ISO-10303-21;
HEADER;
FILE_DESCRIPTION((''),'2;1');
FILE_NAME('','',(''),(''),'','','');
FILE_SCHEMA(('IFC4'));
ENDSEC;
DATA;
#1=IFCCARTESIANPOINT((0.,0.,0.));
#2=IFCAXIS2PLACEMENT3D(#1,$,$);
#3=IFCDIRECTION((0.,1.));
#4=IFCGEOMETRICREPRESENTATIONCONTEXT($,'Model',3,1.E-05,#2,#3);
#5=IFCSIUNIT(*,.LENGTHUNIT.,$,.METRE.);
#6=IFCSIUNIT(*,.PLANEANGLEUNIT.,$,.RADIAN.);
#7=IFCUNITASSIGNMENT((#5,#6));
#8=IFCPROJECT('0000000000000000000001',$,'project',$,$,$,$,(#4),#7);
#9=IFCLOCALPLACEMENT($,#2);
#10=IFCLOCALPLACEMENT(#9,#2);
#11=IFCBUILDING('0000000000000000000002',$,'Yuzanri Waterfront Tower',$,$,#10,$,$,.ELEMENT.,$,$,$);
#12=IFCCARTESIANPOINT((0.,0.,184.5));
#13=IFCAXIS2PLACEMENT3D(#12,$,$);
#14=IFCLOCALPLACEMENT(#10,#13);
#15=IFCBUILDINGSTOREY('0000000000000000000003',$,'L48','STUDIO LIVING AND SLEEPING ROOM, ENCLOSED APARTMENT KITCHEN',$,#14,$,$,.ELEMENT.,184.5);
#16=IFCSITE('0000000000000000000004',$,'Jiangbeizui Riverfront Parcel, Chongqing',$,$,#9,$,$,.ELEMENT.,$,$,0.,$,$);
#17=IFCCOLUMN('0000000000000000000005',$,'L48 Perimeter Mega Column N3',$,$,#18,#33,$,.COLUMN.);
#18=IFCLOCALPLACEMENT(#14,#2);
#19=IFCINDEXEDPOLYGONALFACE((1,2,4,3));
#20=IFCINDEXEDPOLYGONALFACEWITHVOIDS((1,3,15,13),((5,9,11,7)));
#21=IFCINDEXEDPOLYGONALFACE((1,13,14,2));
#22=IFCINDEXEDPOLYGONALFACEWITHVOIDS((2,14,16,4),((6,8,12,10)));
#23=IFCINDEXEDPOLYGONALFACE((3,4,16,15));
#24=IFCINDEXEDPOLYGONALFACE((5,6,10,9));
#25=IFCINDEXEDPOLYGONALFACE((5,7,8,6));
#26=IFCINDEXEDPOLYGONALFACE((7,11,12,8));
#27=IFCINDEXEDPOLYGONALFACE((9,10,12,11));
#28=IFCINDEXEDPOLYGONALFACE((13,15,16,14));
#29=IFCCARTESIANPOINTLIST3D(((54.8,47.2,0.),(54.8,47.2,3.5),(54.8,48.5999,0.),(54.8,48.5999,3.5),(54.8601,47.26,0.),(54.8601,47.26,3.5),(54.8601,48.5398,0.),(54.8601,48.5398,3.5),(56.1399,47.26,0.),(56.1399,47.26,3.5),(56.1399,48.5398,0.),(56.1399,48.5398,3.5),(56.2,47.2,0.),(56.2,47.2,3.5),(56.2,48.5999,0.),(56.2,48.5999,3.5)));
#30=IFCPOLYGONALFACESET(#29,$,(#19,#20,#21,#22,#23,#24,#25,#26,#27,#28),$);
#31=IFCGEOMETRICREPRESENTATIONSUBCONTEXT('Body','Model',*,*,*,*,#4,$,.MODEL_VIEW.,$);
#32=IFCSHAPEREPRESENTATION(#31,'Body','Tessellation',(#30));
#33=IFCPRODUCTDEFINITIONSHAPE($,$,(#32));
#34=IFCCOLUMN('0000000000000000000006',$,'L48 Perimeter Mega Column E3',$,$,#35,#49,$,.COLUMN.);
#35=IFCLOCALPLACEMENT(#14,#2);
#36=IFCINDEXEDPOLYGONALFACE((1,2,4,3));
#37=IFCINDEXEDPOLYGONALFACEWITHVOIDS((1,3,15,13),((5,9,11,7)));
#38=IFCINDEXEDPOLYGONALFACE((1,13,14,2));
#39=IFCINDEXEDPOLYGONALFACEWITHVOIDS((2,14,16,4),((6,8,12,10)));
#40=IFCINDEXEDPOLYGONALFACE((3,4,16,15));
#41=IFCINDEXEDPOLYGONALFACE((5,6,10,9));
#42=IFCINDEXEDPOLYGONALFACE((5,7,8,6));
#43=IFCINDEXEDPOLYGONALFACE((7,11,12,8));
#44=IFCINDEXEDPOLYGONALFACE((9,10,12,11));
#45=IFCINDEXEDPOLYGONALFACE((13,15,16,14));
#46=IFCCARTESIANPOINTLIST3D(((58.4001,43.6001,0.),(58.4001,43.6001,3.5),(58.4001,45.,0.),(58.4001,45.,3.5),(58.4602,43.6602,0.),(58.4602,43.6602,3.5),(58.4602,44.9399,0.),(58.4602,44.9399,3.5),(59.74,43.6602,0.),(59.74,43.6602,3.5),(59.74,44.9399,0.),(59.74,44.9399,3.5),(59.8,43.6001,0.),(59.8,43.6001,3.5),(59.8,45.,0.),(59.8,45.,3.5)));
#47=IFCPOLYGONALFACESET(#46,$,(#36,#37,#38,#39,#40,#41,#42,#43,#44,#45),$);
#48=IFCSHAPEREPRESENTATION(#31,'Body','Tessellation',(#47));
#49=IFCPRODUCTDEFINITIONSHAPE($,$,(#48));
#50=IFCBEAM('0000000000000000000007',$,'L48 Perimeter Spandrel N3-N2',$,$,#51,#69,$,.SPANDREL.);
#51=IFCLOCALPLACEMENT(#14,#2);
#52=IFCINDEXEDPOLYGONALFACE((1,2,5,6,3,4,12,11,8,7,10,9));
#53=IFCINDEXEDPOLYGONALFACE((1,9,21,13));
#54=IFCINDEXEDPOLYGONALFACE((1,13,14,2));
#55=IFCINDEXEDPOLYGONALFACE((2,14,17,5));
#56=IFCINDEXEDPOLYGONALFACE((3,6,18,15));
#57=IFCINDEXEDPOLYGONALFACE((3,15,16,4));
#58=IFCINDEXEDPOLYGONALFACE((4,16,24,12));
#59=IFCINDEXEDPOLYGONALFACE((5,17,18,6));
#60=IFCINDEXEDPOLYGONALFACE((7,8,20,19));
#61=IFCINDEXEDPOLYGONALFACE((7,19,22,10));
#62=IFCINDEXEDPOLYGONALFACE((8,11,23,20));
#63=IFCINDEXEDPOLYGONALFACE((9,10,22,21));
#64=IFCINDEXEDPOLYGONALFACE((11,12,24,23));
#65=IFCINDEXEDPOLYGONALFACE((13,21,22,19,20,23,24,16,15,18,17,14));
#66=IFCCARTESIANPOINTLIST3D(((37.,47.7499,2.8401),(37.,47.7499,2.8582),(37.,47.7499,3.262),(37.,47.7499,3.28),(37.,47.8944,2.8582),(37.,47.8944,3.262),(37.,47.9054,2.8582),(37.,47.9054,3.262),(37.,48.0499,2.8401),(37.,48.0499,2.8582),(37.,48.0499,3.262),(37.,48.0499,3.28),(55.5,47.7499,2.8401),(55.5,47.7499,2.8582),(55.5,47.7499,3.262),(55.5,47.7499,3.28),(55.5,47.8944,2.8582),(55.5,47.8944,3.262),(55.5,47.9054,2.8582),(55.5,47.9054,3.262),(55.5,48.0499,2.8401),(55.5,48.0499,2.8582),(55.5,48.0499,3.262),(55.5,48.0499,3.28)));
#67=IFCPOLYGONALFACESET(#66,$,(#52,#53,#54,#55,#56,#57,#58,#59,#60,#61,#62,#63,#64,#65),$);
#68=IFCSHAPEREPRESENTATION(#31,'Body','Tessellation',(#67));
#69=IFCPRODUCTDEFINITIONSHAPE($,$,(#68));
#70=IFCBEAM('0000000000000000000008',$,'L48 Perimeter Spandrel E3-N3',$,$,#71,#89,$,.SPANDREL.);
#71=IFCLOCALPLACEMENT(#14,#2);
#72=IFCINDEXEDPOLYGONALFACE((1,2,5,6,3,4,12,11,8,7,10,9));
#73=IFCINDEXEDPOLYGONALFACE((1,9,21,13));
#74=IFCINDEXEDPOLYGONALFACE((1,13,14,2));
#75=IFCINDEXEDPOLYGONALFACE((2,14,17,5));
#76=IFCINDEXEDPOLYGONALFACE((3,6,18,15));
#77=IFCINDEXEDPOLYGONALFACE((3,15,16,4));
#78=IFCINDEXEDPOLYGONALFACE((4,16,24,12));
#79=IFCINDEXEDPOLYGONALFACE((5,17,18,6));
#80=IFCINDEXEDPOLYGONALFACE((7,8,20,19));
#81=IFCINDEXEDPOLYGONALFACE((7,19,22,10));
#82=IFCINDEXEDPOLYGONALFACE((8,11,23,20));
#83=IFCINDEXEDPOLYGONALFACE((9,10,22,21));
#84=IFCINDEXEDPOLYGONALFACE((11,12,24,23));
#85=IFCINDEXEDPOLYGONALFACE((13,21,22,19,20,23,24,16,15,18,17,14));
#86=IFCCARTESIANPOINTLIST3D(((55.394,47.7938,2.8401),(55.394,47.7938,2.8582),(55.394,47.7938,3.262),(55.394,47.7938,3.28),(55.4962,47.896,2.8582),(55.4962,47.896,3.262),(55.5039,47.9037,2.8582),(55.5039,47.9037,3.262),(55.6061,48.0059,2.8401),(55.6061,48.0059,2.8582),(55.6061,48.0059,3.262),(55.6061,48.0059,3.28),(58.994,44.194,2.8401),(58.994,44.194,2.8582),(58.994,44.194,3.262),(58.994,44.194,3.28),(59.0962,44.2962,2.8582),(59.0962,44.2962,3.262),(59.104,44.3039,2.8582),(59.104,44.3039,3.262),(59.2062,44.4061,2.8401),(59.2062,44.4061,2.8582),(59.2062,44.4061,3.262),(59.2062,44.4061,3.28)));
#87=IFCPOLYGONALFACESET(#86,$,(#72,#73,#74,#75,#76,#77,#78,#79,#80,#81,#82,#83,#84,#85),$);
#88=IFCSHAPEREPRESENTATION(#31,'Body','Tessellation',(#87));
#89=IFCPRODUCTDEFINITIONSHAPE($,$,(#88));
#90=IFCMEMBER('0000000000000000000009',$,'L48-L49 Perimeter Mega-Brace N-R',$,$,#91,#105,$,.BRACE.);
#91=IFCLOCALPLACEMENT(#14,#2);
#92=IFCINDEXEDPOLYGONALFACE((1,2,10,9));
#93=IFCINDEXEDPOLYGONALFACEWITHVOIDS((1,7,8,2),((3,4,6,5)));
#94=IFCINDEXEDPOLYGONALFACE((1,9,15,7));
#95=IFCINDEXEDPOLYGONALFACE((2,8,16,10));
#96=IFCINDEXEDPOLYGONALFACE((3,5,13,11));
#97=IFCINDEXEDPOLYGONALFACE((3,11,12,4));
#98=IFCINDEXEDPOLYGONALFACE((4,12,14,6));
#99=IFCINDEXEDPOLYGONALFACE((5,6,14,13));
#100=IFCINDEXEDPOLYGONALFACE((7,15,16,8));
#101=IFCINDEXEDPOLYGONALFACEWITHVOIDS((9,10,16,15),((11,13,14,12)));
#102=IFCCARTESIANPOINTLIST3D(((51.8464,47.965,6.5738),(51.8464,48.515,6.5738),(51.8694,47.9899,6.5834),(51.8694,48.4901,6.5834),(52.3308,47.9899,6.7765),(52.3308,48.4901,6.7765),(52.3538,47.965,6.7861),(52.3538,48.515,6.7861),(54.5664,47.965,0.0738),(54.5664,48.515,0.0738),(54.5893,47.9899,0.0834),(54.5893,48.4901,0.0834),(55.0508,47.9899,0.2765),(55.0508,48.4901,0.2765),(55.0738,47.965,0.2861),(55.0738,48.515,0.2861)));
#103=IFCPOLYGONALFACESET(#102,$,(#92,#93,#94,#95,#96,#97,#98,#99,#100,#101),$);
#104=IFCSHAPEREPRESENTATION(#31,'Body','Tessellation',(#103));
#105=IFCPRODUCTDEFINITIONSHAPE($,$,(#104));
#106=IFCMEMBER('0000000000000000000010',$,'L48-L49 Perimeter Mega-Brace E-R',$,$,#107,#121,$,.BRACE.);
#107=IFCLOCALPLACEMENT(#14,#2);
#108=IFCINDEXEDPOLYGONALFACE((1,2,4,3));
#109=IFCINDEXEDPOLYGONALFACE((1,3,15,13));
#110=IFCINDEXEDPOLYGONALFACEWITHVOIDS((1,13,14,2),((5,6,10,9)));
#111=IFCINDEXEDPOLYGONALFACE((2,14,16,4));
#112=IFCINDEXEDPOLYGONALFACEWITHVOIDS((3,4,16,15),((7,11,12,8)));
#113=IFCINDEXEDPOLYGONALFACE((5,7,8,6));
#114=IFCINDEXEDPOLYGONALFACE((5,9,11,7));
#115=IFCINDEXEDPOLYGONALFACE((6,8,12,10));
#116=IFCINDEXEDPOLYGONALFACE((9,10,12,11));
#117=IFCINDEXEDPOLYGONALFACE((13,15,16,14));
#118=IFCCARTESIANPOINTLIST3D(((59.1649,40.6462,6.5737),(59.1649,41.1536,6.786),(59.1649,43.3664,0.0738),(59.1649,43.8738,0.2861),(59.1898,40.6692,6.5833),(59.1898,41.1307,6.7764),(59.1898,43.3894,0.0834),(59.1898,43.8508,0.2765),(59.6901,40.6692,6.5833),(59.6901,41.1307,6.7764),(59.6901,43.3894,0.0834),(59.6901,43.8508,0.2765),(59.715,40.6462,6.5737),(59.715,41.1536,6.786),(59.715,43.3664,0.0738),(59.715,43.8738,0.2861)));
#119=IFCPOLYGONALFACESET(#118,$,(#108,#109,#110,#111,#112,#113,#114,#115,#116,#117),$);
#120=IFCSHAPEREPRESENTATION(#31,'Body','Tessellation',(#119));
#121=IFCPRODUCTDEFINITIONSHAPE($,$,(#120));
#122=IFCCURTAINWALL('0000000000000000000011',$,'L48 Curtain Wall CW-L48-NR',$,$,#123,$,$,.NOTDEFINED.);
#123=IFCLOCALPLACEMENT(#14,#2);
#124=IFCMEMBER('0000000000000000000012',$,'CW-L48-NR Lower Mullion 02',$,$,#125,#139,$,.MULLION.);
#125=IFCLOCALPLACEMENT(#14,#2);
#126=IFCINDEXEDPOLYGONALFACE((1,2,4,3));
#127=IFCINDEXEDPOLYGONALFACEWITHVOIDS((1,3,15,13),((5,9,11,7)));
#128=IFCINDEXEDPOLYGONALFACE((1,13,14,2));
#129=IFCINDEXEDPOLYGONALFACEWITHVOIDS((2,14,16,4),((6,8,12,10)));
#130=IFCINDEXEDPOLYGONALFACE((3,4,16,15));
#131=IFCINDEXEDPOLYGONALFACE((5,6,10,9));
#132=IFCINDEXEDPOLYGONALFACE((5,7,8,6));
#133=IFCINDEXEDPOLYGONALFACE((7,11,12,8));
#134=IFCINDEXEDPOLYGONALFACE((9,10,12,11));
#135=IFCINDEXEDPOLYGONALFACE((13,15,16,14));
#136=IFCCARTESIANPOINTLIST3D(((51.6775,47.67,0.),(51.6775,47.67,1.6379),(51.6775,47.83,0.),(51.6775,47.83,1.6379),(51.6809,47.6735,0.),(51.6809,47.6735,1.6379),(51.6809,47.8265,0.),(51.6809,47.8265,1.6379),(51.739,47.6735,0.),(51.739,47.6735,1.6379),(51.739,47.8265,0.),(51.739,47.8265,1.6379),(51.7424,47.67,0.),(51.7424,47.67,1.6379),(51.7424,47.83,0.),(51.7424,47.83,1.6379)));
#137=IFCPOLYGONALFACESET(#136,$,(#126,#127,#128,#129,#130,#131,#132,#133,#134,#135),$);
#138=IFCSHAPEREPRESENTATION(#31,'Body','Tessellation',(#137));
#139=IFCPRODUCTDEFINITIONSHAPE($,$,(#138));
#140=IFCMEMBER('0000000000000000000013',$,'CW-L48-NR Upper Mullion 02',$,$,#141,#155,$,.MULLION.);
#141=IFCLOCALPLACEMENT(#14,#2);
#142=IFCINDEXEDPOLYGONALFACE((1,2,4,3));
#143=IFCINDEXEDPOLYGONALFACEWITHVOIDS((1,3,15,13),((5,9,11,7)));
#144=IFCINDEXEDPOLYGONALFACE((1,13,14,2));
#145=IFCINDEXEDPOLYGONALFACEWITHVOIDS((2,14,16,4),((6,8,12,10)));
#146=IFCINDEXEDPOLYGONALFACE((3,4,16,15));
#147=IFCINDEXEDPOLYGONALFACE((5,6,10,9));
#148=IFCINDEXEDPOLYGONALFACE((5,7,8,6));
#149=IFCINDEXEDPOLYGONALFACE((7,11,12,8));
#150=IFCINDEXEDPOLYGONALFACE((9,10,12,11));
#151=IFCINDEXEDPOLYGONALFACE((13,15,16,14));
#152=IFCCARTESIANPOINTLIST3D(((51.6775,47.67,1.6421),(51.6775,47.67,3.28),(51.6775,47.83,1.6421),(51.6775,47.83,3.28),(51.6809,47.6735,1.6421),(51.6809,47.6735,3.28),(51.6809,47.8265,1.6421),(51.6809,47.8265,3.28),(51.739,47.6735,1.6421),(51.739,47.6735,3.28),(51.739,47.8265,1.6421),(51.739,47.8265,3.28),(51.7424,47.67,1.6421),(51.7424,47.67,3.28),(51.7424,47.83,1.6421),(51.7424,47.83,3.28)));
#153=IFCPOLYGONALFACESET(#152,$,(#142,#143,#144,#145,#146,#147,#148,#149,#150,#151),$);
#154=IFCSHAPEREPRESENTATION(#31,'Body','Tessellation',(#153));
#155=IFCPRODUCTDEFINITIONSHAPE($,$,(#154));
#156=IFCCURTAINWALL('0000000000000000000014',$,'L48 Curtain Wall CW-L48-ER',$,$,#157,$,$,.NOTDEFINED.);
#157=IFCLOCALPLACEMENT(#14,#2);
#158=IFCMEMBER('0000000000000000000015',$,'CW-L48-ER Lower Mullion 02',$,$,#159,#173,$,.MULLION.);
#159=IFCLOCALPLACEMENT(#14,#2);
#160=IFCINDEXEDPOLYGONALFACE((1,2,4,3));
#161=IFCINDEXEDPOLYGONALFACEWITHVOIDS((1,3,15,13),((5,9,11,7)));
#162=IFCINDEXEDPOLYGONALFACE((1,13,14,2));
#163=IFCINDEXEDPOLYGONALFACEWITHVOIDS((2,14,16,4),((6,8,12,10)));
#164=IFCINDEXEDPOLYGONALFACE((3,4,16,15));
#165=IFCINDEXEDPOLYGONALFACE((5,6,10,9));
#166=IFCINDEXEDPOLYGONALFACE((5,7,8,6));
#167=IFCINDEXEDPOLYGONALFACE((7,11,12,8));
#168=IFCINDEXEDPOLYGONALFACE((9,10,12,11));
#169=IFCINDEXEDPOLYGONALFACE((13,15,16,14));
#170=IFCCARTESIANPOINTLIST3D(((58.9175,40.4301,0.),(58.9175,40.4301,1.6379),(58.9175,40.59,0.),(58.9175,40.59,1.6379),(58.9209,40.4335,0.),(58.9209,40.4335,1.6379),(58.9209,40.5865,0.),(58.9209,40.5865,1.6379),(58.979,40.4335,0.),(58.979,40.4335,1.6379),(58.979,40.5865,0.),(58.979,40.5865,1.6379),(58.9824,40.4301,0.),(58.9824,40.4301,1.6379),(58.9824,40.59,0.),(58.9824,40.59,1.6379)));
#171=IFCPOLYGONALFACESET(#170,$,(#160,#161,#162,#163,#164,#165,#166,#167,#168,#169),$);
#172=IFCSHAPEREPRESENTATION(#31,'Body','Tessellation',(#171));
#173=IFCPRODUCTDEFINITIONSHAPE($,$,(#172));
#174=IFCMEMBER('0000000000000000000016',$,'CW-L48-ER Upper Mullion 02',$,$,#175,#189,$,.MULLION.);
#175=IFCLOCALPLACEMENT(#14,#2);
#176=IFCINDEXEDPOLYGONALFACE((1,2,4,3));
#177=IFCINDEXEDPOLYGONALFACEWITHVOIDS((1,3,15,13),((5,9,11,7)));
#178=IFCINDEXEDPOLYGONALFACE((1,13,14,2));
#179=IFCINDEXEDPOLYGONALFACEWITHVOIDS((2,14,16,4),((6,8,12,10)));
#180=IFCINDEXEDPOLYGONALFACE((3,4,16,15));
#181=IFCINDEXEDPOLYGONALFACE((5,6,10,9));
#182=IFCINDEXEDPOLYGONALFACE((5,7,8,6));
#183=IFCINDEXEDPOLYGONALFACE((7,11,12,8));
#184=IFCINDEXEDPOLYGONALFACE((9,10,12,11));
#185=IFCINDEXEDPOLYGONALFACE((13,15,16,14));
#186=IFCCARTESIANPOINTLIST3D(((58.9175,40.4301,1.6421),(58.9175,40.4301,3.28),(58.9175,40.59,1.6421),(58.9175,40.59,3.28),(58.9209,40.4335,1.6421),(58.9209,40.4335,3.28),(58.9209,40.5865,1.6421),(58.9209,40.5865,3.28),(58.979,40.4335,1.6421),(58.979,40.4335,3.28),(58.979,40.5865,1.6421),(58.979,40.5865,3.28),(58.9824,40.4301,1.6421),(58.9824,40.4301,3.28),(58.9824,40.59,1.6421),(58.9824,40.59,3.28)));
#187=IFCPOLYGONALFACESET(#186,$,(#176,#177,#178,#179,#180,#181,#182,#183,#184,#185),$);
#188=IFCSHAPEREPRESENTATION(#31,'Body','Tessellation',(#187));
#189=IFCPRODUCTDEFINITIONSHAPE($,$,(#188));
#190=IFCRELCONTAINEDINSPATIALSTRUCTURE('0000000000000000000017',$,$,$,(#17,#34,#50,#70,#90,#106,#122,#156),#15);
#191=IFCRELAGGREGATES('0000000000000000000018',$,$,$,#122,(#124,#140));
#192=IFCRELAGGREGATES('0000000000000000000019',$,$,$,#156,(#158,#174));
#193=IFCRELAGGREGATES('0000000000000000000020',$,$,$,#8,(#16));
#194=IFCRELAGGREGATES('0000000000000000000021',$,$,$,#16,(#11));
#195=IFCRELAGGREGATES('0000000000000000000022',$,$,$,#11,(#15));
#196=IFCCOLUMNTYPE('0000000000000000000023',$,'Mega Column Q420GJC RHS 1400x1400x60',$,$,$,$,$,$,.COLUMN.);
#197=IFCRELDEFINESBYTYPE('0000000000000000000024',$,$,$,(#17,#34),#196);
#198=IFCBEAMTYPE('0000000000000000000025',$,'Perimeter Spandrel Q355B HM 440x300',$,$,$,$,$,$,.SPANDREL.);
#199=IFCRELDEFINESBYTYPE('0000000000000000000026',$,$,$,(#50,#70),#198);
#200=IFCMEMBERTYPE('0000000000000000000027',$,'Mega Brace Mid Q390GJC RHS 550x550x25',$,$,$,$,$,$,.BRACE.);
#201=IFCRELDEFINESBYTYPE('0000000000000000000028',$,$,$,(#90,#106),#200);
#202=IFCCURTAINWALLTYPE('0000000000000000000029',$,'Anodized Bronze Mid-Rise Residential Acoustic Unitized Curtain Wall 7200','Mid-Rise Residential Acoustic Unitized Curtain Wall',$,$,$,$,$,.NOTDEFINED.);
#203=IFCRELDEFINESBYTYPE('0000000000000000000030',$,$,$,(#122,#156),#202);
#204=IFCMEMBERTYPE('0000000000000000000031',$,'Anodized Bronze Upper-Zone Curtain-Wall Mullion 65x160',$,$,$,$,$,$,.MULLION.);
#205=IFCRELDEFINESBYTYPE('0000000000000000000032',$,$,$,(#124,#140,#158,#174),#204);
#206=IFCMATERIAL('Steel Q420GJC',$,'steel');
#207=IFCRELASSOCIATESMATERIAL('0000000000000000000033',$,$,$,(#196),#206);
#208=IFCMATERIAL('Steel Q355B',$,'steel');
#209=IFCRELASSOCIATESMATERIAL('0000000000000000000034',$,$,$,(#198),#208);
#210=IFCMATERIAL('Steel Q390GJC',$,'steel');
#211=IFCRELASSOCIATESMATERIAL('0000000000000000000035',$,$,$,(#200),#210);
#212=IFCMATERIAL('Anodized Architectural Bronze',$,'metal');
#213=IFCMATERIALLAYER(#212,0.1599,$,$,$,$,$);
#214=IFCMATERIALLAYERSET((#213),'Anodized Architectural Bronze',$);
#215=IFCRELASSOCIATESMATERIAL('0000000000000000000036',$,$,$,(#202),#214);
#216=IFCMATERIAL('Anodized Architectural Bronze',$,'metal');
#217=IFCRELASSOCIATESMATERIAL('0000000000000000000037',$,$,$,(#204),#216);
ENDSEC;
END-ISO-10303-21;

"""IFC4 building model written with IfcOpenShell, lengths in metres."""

from ifc_helpers import new_model, si_unit, direction, frame, origin, origin_2d, place, context, subcontext, project, spatial, hollow_rectangle, i_section, extrude, source, transform, mapped, material, layer, layer_set, material_profile, profile_set, type_object, element, aggregate, save


model = new_model("IFC4")

# Units and contexts
model_context = context("Model", 3, precision=1e-05, world=origin(), true_north=direction((0.0, 1.0)))
body_context = subcontext(model_context, "Body", "Model", "MODEL_VIEW")
ifc_project = project(units=[si_unit("LENGTHUNIT", "METRE"), si_unit("PLANEANGLEUNIT", "RADIAN")], contexts=[model_context])

# Site, building, storey
site_placement = place(None, origin())
site = spatial("IfcSite", under=ifc_project, at=site_placement, Name="Jiangbeizui Riverfront Parcel, Chongqing", CompositionType="ELEMENT", RefElevation=0.0)
building_placement = place(site_placement, origin())
building = spatial("IfcBuilding", under=site, at=building_placement, Name="Yuzanri Waterfront Tower", CompositionType="ELEMENT")
storey_placement = place(building_placement, frame((0.0, 0.0, 184.5)))
storey = spatial("IfcBuildingStorey", under=building, at=storey_placement, Name="L48", Description="STUDIO LIVING AND SLEEPING ROOM, ENCLOSED APARTMENT KITCHEN", CompositionType="ELEMENT", Elevation=184.5)

# Columns
ifc_material_1 = material(Name="Steel Q420GJC", Category="steel")
ifc_material_profile_1 = material_profile(ifc_material_1, hollow_rectangle(XDim=1.3999, YDim=1.3999, WallThickness=0.0601, at=origin_2d()), Name="RHS 1400x1400x60")
ifc_profile_set_1 = profile_set([ifc_material_profile_1], Name="Steel Q420GJC")
column_type = type_object("IfcColumnType", Name="Mega Column Q420GJC RHS 1400x1400x60", PredefinedType="COLUMN", material=ifc_profile_set_1)
shared_shape_1 = source(origin(), body_context, "Body", "SweptSolid", [
    extrude(hollow_rectangle(XDim=1.3999, YDim=1.3999, WallThickness=0.0601, at=origin_2d()), origin(), (0.0, 0.0, 1.0), 3.5),
])
for number, where, z_axis, x_axis, name in (
    (1, (55.5, 47.8999, 0.0), (0.0, 0.0, 1.0), (1.0, 0.0, 0.0), "L48 Perimeter Mega Column N3"),
    (2, (59.1001, 44.3, 0.0), (0.0, 0.0, 1.0), (1.0, 0.0, 0.0), "L48 Perimeter Mega Column E3"),
):
    element("IfcColumn", number, at=place(storey_placement, frame(where, z_axis=z_axis, x_axis=x_axis)), inside=storey, type_object=column_type, Name=name, PredefinedType="COLUMN", context=body_context, shape_type="MappedRepresentation", body=[
        mapped(shared_shape_1, transform((0.0, 0.0, 0.0), scale=1.0)),
    ])

# Beams
ifc_material_2 = material(Name="Steel Q355B", Category="steel")
ifc_material_profile_2 = material_profile(ifc_material_2, i_section(OverallWidth=0.3, OverallDepth=0.4399, WebThickness=0.011, FlangeThickness=0.0181, at=origin_2d()), Name="HM 440x300x11x18")
ifc_profile_set_2 = profile_set([ifc_material_profile_2], Name="Steel Q355B")
beam_type = type_object("IfcBeamType", Name="Perimeter Spandrel Q355B HM 440x300", PredefinedType="SPANDREL", material=ifc_profile_set_2)
shared_shape_2 = source(origin(), body_context, "Body", "SweptSolid", [
    extrude(i_section(OverallWidth=0.3, OverallDepth=0.4399, WebThickness=0.011, FlangeThickness=0.0181, at=origin_2d()), origin(), (0.0, 0.0, 1.0), 18.5),
])
beam_1_placement = place(storey_placement, frame((55.5, 47.8999, 3.0601), z_axis=(-1.0, 0.0, 0.0), x_axis=(0.0, -1.0, 0.0)))
element("IfcBeam", 3, at=beam_1_placement, inside=storey, type_object=beam_type, Name="L48 Perimeter Spandrel N3-N2", PredefinedType="SPANDREL", context=body_context, shape_type="MappedRepresentation", body=[
    mapped(shared_shape_2, transform((0.0, 0.0, 0.0), scale=1.0)),
])
shared_shape_3 = source(origin(), body_context, "Body", "SweptSolid", [
    extrude(i_section(OverallWidth=0.3, OverallDepth=0.4399, WebThickness=0.011, FlangeThickness=0.0181, at=origin_2d()), origin(), (0.0, 0.0, 1.0), 5.0911),
])
beam_2_placement = place(storey_placement, frame((59.1001, 44.3, 3.0601), z_axis=(-0.707131, 0.707083, 0.0), x_axis=(-0.707083, -0.707131, 0.0)))
element("IfcBeam", 4, at=beam_2_placement, inside=storey, type_object=beam_type, Name="L48 Perimeter Spandrel E3-N3", PredefinedType="SPANDREL", context=body_context, shape_type="MappedRepresentation", body=[
    mapped(shared_shape_3, transform((0.0, 0.0, 0.0), scale=1.0)),
])

# Members
ifc_material_3 = material(Name="Steel Q390GJC", Category="steel")
ifc_material_profile_3 = material_profile(ifc_material_3, hollow_rectangle(XDim=0.55, YDim=0.55, WallThickness=0.0249, at=origin_2d()), Name="RHS 550x550x25")
ifc_profile_set_3 = profile_set([ifc_material_profile_3], Name="Steel Q390GJC")
member_type_1 = type_object("IfcMemberType", Name="Mega Brace Mid Q390GJC RHS 550x550x25", PredefinedType="BRACE", material=ifc_profile_set_3)
shared_shape_4 = source(origin(), body_context, "Body", "SweptSolid", [
    extrude(hollow_rectangle(XDim=0.55, YDim=0.55, WallThickness=0.0249, at=origin_2d()), origin(), (0.0, 0.0, 1.0), 7.0461),
])
for number, where, z_axis, x_axis, name in (
    (5, (54.8201, 48.24, 0.1799), (-0.386022, 0.0, 0.922489), (0.0, -1.0, 0.0), "L48-L49 Perimeter Mega-Brace N-R"),
    (6, (59.4399, 43.6201, 0.1799), (0.0, -0.386052, 0.922477), (1.0, 0.0, 0.0), "L48-L49 Perimeter Mega-Brace E-R"),
):
    element("IfcMember", number, at=place(storey_placement, frame(where, z_axis=z_axis, x_axis=x_axis)), inside=storey, type_object=member_type_1, Name=name, PredefinedType="BRACE", context=body_context, shape_type="MappedRepresentation", body=[
        mapped(shared_shape_4, transform((0.0, 0.0, 0.0), scale=1.0)),
    ])

# Curtain walls, members
ifc_material_4 = material(Name="Anodized Architectural Bronze", Category="metal")
ifc_layer_1 = layer(ifc_material_4, 0.1599)
ifc_layer_set_1 = layer_set([ifc_layer_1], Name="Anodized Architectural Bronze")
curtain_wall_type = type_object("IfcCurtainWallType", Name="Anodized Bronze Mid-Rise Residential Acoustic Unitized Curtain Wall 7200", Description="Mid-Rise Residential Acoustic Unitized Curtain Wall", PredefinedType="NOTDEFINED", material=ifc_layer_set_1)
curtain_wall_1_placement = place(storey_placement, origin())
curtain_wall_1 = element("IfcCurtainWall", 7, at=curtain_wall_1_placement, inside=storey, type_object=curtain_wall_type, Name="L48 Curtain Wall CW-L48-NR", PredefinedType="NOTDEFINED")
ifc_material_5 = material(Name="Anodized Architectural Bronze", Category="metal")
ifc_material_profile_4 = material_profile(ifc_material_5, hollow_rectangle(XDim=0.0649, YDim=0.1599, WallThickness=0.0034, at=origin_2d()), Name="CWM 65x160")
ifc_profile_set_4 = profile_set([ifc_material_profile_4], Name="Anodized Architectural Bronze")
member_type_2 = type_object("IfcMemberType", Name="Anodized Bronze Upper-Zone Curtain-Wall Mullion 65x160", PredefinedType="MULLION", material=ifc_profile_set_4)
shared_shape_5 = source(origin(), body_context, "Body", "SweptSolid", [
    extrude(hollow_rectangle(XDim=0.0649, YDim=0.1599, WallThickness=0.0034, at=origin_2d()), origin(), (0.0, 0.0, 1.0), 1.6379),
])
member_1_placement = place(storey_placement, frame((51.71, 47.75, 0.0), z_axis=(0.0, 0.0, 1.0), x_axis=(1.0, 0.0, 0.0)))
member_1 = element("IfcMember", 8, at=member_1_placement, type_object=member_type_2, Name="CW-L48-NR Lower Mullion 02", PredefinedType="MULLION", context=body_context, shape_type="MappedRepresentation", body=[
    mapped(shared_shape_5, transform((0.0, 0.0, 0.0), scale=1.0)),
])
member_2_placement = place(storey_placement, frame((51.71, 47.75, 1.6421), z_axis=(0.0, 0.0, 1.0), x_axis=(1.0, 0.0, 0.0)))
member_2 = element("IfcMember", 9, at=member_2_placement, type_object=member_type_2, Name="CW-L48-NR Upper Mullion 02", PredefinedType="MULLION", context=body_context, shape_type="MappedRepresentation", body=[
    mapped(shared_shape_5, transform((0.0, 0.0, 0.0), scale=1.0)),
])
aggregate(curtain_wall_1, [member_1, member_2])
curtain_wall_2_placement = place(storey_placement, origin())
curtain_wall_2 = element("IfcCurtainWall", 10, at=curtain_wall_2_placement, inside=storey, type_object=curtain_wall_type, Name="L48 Curtain Wall CW-L48-ER", PredefinedType="NOTDEFINED")
member_3_placement = place(storey_placement, frame((58.95, 40.51, 0.0), z_axis=(0.0, 0.0, 1.0), x_axis=(1.0, 0.0, 0.0)))
member_3 = element("IfcMember", 11, at=member_3_placement, type_object=member_type_2, Name="CW-L48-ER Lower Mullion 02", PredefinedType="MULLION", context=body_context, shape_type="MappedRepresentation", body=[
    mapped(shared_shape_5, transform((0.0, 0.0, 0.0), scale=1.0)),
])
member_4_placement = place(storey_placement, frame((58.95, 40.51, 1.6421), z_axis=(0.0, 0.0, 1.0), x_axis=(1.0, 0.0, 0.0)))
member_4 = element("IfcMember", 12, at=member_4_placement, type_object=member_type_2, Name="CW-L48-ER Upper Mullion 02", PredefinedType="MULLION", context=body_context, shape_type="MappedRepresentation", body=[
    mapped(shared_shape_5, transform((0.0, 0.0, 0.0), scale=1.0)),
])

aggregate(curtain_wall_2, [member_3, member_4])

save(model, "model.ifc")
